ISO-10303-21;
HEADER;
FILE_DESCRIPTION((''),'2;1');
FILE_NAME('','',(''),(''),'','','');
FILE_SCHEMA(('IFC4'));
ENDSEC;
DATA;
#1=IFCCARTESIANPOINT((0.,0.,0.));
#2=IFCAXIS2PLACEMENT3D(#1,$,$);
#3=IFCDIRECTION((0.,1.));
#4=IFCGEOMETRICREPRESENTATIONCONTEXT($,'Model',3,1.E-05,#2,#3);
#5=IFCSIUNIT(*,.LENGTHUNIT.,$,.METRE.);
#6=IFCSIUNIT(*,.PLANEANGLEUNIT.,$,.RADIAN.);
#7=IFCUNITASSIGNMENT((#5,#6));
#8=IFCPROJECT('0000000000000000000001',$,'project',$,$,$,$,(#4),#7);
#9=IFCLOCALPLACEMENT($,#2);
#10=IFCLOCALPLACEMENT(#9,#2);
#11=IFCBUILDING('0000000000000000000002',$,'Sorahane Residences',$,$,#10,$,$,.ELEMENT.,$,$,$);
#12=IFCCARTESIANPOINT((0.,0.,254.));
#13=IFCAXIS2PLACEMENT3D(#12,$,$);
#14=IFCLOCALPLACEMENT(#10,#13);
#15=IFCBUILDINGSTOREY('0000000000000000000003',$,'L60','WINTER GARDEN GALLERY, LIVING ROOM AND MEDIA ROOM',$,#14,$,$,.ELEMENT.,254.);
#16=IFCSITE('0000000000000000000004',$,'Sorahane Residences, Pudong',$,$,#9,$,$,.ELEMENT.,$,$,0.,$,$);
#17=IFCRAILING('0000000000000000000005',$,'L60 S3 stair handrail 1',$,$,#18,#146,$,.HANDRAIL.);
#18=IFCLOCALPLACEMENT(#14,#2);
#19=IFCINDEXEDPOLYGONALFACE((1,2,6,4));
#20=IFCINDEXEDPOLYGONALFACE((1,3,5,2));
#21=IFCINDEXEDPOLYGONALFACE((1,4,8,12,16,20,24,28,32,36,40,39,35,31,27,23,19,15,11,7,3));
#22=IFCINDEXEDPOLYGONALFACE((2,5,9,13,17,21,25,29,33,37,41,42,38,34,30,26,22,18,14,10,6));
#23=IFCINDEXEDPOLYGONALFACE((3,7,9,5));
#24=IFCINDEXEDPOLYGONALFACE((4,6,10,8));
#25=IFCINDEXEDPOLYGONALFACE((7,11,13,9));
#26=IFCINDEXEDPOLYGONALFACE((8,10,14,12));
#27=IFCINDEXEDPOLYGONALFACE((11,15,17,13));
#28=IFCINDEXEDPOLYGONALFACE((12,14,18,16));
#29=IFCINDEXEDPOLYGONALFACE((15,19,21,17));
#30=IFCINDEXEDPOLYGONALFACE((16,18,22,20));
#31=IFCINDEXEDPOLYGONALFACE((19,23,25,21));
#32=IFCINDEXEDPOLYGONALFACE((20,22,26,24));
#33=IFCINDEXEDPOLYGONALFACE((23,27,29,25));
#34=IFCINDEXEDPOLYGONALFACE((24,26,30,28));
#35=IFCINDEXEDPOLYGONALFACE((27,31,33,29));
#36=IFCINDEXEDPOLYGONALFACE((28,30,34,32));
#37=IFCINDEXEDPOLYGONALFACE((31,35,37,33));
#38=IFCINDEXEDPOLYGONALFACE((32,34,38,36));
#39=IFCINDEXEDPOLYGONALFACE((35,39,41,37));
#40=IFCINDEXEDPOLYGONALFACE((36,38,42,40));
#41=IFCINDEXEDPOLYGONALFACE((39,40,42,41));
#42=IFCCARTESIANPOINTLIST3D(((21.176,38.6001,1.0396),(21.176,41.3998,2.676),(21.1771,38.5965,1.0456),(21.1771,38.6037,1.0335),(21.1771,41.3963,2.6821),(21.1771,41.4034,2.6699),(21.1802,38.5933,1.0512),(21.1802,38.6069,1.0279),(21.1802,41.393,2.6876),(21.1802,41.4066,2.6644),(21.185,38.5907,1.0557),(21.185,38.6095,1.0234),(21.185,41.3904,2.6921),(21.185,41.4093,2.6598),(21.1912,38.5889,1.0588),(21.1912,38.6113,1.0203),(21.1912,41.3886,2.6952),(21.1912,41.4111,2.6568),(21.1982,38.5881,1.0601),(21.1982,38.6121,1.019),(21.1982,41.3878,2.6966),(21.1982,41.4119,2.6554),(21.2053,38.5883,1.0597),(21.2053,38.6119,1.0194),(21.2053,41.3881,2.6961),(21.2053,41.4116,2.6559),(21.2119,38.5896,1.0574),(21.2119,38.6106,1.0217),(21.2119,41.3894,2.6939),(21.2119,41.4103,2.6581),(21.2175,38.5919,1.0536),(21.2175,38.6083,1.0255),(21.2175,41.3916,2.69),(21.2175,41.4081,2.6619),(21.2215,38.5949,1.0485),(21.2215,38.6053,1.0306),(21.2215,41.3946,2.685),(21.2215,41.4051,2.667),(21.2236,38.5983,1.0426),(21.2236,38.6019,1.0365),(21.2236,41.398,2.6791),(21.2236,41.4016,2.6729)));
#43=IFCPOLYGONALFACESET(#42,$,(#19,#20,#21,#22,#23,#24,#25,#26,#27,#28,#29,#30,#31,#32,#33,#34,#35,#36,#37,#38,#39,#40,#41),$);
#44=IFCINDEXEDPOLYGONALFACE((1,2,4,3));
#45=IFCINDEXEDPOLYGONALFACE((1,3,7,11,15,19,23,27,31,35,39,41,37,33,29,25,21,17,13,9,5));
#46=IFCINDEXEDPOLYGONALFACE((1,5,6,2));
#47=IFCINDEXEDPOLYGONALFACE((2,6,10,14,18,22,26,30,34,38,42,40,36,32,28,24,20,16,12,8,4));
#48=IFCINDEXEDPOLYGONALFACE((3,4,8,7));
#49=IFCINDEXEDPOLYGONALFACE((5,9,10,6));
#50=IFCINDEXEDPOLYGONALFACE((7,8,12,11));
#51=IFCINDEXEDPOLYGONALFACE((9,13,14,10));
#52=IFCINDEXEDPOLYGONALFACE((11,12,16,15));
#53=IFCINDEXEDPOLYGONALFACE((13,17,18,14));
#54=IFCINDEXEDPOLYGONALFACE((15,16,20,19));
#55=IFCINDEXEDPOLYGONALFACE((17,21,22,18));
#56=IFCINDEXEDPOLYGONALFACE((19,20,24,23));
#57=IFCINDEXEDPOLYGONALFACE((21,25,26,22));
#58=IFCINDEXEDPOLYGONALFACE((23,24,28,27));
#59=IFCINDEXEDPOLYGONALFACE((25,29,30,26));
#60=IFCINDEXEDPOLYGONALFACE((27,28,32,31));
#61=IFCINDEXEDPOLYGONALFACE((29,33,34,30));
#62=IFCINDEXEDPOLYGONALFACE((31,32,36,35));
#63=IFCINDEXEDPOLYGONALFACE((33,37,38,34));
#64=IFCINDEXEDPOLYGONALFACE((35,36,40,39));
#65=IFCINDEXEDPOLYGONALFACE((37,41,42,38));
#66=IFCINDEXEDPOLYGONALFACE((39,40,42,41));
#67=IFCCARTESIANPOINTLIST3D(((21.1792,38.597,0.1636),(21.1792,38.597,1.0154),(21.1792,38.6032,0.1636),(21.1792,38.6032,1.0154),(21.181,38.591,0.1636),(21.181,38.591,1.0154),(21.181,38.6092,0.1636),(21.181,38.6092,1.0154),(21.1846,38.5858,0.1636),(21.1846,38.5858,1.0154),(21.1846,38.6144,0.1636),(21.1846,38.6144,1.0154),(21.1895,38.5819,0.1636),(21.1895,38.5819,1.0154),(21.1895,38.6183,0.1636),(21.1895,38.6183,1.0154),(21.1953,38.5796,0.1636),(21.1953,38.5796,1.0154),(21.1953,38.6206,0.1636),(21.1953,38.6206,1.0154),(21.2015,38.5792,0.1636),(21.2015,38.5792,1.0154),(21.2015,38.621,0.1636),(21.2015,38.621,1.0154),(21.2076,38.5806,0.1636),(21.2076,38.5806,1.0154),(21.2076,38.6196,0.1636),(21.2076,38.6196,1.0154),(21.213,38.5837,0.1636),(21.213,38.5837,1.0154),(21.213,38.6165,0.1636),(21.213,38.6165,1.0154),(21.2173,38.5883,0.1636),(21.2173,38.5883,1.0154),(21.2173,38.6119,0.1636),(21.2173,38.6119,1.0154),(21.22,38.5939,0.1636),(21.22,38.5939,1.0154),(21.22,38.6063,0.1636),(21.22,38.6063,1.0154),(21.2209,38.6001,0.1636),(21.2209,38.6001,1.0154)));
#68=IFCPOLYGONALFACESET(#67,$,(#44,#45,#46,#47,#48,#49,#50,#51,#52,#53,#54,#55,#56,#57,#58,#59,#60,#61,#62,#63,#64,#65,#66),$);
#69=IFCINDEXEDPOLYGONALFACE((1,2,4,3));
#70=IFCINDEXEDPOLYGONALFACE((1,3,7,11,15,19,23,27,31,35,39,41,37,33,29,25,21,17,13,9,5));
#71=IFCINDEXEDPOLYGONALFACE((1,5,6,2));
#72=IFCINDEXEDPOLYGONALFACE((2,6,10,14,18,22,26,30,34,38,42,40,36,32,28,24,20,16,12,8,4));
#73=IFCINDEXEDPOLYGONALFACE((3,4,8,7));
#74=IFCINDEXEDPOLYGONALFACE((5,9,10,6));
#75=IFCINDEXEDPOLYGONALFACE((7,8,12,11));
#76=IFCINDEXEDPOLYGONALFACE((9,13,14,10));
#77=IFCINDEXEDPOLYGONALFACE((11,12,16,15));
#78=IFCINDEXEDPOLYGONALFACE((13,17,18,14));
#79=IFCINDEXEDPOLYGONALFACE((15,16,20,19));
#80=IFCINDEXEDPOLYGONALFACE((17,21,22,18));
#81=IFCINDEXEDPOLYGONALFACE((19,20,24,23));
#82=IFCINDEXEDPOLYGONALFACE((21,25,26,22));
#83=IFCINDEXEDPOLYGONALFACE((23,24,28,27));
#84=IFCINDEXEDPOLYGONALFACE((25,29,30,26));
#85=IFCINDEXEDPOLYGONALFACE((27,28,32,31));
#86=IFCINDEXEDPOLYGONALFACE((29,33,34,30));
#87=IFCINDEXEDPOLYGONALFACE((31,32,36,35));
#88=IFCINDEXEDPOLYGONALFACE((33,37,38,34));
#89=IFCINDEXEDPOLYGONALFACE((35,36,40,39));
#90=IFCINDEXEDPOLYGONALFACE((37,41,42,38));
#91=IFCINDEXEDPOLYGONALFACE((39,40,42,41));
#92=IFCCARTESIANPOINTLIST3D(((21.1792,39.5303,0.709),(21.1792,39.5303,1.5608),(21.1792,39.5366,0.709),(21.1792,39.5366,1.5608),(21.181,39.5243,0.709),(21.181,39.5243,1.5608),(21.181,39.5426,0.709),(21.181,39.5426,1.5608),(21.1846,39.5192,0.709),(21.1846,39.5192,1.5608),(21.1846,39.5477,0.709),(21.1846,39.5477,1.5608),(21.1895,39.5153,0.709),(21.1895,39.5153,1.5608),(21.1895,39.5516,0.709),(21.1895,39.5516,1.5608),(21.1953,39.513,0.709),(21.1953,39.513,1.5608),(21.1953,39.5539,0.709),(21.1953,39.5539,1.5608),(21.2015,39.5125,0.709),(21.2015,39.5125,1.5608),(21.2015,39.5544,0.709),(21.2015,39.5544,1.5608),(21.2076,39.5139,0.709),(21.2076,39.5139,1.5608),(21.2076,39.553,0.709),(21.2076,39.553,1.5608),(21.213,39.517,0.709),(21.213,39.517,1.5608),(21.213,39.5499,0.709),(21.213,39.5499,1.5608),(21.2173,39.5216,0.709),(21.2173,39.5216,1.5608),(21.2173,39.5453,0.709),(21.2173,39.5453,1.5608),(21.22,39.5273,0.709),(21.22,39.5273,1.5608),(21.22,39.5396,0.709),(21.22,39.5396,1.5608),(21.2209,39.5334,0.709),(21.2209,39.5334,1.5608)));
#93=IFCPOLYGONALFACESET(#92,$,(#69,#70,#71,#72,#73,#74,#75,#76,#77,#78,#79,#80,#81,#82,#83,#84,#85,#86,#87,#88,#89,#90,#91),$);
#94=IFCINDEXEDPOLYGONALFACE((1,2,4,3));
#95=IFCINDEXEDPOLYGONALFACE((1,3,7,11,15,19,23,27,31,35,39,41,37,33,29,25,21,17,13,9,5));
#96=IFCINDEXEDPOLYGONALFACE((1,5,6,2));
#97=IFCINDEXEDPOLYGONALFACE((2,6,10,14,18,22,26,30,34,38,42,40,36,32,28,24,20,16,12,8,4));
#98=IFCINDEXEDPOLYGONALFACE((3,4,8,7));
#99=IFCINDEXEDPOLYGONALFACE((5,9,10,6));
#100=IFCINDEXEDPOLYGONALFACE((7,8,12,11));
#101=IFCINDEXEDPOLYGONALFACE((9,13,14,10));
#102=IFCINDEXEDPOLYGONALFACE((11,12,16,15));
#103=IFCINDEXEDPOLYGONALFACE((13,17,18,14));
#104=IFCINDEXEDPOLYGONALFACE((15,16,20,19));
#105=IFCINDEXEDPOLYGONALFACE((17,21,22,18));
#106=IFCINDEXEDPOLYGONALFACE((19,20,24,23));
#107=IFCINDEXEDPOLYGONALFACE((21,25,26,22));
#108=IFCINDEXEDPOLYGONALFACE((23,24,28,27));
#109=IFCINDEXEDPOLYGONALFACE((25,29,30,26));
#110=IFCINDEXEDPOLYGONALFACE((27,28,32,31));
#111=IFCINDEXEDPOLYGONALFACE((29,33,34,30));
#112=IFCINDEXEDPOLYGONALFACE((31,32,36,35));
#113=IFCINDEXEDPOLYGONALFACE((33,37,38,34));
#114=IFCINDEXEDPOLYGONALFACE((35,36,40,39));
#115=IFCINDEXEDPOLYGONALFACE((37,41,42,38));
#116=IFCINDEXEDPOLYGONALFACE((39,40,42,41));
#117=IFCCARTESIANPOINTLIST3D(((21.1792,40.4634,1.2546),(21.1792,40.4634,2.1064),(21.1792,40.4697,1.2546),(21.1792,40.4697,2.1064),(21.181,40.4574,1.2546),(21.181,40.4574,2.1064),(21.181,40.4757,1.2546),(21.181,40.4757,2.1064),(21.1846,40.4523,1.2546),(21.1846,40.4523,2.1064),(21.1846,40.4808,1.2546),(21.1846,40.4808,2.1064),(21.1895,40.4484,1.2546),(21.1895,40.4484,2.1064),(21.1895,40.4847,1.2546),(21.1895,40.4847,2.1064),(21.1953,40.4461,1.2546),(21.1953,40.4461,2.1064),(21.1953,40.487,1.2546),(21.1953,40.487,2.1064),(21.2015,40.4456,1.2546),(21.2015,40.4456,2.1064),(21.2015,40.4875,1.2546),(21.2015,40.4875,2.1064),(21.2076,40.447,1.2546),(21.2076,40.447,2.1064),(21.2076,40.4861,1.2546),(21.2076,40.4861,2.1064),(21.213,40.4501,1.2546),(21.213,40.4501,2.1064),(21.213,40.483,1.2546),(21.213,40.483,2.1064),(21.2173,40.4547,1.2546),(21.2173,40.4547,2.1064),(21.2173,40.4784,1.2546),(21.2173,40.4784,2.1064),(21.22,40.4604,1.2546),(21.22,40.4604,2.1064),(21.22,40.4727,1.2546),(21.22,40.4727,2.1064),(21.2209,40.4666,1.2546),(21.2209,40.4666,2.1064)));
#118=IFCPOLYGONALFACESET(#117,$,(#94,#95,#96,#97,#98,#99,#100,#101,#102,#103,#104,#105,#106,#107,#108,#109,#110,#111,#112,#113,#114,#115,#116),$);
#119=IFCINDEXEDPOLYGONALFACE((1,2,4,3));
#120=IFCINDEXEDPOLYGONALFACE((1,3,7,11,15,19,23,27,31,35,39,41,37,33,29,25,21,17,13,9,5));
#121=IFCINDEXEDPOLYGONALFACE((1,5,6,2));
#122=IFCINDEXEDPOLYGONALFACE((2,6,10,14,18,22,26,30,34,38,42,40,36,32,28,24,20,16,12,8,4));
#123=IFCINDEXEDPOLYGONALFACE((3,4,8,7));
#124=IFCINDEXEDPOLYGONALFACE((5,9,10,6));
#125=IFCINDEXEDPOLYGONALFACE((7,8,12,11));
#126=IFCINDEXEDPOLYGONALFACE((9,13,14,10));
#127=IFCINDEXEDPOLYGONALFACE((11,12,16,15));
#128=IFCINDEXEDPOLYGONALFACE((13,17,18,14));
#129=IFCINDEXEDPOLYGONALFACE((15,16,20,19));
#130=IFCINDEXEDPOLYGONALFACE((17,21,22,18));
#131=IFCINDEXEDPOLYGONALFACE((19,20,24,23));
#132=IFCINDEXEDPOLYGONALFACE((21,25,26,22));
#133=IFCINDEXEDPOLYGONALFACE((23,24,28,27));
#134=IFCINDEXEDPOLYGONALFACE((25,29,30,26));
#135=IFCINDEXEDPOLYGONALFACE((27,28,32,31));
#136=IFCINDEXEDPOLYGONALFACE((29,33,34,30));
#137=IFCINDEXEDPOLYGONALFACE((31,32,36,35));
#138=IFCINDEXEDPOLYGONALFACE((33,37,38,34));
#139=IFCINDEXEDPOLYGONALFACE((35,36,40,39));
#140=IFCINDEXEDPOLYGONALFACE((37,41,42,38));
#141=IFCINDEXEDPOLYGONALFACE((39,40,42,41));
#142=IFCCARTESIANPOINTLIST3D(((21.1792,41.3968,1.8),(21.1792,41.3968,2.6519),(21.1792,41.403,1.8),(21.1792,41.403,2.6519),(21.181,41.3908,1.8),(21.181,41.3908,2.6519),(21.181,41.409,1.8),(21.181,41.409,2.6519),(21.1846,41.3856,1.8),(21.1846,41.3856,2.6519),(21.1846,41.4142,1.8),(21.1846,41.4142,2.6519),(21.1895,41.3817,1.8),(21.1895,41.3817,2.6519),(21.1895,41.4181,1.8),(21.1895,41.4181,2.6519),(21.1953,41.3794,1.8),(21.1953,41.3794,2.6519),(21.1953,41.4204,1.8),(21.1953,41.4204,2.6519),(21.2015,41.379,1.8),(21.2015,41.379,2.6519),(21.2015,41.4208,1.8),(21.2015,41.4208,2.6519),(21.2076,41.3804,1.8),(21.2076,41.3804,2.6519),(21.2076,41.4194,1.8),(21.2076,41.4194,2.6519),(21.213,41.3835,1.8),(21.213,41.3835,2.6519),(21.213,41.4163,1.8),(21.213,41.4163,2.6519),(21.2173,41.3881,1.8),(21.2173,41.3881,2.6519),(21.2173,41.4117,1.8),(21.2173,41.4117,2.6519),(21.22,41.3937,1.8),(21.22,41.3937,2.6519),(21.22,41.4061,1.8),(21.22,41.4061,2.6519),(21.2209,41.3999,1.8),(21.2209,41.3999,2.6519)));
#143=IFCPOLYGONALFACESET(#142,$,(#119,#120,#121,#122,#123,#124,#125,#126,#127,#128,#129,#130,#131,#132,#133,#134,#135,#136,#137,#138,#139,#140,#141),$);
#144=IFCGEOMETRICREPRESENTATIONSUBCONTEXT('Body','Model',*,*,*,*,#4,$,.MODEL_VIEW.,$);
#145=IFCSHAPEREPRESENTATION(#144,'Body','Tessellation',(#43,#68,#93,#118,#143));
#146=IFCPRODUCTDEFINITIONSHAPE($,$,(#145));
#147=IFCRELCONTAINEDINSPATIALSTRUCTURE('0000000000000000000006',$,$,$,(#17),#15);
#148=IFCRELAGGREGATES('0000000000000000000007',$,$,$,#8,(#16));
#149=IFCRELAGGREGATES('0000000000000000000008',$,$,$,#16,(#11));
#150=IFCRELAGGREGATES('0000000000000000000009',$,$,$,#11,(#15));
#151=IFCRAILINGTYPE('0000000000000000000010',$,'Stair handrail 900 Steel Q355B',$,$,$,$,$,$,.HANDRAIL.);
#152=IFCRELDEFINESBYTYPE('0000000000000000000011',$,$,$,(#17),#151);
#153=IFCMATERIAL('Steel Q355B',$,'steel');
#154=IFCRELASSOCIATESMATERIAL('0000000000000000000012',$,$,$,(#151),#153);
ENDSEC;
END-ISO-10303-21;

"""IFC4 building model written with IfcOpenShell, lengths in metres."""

from ifc_helpers import new_model, si_unit, direction, frame, origin, origin_2d, place, context, subcontext, project, spatial, circle, extrude, material, type_object, element, save


model = new_model("IFC4")

# Units and contexts
model_context = context("Model", 3, precision=1e-05, world=origin(), true_north=direction((0.0, 1.0)))
body_context = subcontext(model_context, "Body", "Model", "MODEL_VIEW")
ifc_project = project(units=[si_unit("LENGTHUNIT", "METRE"), si_unit("PLANEANGLEUNIT", "RADIAN")], contexts=[model_context])

# Site, building, storey
site_placement = place(None, origin())
site = spatial("IfcSite", under=ifc_project, at=site_placement, Name="Sorahane Residences, Pudong", CompositionType="ELEMENT", RefElevation=0.0)
building_placement = place(site_placement, origin())
building = spatial("IfcBuilding", under=site, at=building_placement, Name="Sorahane Residences", CompositionType="ELEMENT")
storey_placement = place(building_placement, frame((0.0, 0.0, 254.0)))
storey = spatial("IfcBuildingStorey", under=building, at=storey_placement, Name="L60", Description="WINTER GARDEN GALLERY, LIVING ROOM AND MEDIA ROOM", CompositionType="ELEMENT", Elevation=254.0)

# Railing
ifc_material_1 = material(Name="Steel Q355B", Category="steel")
railing_type_1 = type_object("IfcRailingType", Name="Stair handrail 900 Steel Q355B", PredefinedType="HANDRAIL", material=ifc_material_1)
railing_1_placement = place(storey_placement, frame((21.2, 38.6001, 0.1636)))
element("IfcRailing", 1, at=railing_1_placement, inside=storey, type_object=railing_type_1, Name="L60 S3 stair handrail 1", PredefinedType="HANDRAIL", context=body_context, shape_type="SweptSolid", body=[
    extrude(circle(Radius=0.0239, at=origin_2d()), frame((0.0, 0.0, 0.876), z_axis=(0.0, 0.863342, 0.50462), x_axis=(-1.0, 0.0, 0.0)), (0.0, 0.0, 1.0), 3.2429),
    extrude(circle(Radius=0.021, at=origin_2d()), origin(), (0.0, 0.0, 1.0), 0.8518),
    extrude(circle(Radius=0.021, at=origin_2d()), frame((0.0, 0.9333, 0.5454)), (0.0, 0.0, 1.0), 0.8518),
    extrude(circle(Radius=0.021, at=origin_2d()), frame((0.0, 1.8665, 1.0911)), (0.0, 0.0, 1.0), 0.8518),
    extrude(circle(Radius=0.021, at=origin_2d()), frame((0.0, 2.7998, 1.6365)), (0.0, 0.0, 1.0), 0.8518),
])

save(model, "model.ifc")
